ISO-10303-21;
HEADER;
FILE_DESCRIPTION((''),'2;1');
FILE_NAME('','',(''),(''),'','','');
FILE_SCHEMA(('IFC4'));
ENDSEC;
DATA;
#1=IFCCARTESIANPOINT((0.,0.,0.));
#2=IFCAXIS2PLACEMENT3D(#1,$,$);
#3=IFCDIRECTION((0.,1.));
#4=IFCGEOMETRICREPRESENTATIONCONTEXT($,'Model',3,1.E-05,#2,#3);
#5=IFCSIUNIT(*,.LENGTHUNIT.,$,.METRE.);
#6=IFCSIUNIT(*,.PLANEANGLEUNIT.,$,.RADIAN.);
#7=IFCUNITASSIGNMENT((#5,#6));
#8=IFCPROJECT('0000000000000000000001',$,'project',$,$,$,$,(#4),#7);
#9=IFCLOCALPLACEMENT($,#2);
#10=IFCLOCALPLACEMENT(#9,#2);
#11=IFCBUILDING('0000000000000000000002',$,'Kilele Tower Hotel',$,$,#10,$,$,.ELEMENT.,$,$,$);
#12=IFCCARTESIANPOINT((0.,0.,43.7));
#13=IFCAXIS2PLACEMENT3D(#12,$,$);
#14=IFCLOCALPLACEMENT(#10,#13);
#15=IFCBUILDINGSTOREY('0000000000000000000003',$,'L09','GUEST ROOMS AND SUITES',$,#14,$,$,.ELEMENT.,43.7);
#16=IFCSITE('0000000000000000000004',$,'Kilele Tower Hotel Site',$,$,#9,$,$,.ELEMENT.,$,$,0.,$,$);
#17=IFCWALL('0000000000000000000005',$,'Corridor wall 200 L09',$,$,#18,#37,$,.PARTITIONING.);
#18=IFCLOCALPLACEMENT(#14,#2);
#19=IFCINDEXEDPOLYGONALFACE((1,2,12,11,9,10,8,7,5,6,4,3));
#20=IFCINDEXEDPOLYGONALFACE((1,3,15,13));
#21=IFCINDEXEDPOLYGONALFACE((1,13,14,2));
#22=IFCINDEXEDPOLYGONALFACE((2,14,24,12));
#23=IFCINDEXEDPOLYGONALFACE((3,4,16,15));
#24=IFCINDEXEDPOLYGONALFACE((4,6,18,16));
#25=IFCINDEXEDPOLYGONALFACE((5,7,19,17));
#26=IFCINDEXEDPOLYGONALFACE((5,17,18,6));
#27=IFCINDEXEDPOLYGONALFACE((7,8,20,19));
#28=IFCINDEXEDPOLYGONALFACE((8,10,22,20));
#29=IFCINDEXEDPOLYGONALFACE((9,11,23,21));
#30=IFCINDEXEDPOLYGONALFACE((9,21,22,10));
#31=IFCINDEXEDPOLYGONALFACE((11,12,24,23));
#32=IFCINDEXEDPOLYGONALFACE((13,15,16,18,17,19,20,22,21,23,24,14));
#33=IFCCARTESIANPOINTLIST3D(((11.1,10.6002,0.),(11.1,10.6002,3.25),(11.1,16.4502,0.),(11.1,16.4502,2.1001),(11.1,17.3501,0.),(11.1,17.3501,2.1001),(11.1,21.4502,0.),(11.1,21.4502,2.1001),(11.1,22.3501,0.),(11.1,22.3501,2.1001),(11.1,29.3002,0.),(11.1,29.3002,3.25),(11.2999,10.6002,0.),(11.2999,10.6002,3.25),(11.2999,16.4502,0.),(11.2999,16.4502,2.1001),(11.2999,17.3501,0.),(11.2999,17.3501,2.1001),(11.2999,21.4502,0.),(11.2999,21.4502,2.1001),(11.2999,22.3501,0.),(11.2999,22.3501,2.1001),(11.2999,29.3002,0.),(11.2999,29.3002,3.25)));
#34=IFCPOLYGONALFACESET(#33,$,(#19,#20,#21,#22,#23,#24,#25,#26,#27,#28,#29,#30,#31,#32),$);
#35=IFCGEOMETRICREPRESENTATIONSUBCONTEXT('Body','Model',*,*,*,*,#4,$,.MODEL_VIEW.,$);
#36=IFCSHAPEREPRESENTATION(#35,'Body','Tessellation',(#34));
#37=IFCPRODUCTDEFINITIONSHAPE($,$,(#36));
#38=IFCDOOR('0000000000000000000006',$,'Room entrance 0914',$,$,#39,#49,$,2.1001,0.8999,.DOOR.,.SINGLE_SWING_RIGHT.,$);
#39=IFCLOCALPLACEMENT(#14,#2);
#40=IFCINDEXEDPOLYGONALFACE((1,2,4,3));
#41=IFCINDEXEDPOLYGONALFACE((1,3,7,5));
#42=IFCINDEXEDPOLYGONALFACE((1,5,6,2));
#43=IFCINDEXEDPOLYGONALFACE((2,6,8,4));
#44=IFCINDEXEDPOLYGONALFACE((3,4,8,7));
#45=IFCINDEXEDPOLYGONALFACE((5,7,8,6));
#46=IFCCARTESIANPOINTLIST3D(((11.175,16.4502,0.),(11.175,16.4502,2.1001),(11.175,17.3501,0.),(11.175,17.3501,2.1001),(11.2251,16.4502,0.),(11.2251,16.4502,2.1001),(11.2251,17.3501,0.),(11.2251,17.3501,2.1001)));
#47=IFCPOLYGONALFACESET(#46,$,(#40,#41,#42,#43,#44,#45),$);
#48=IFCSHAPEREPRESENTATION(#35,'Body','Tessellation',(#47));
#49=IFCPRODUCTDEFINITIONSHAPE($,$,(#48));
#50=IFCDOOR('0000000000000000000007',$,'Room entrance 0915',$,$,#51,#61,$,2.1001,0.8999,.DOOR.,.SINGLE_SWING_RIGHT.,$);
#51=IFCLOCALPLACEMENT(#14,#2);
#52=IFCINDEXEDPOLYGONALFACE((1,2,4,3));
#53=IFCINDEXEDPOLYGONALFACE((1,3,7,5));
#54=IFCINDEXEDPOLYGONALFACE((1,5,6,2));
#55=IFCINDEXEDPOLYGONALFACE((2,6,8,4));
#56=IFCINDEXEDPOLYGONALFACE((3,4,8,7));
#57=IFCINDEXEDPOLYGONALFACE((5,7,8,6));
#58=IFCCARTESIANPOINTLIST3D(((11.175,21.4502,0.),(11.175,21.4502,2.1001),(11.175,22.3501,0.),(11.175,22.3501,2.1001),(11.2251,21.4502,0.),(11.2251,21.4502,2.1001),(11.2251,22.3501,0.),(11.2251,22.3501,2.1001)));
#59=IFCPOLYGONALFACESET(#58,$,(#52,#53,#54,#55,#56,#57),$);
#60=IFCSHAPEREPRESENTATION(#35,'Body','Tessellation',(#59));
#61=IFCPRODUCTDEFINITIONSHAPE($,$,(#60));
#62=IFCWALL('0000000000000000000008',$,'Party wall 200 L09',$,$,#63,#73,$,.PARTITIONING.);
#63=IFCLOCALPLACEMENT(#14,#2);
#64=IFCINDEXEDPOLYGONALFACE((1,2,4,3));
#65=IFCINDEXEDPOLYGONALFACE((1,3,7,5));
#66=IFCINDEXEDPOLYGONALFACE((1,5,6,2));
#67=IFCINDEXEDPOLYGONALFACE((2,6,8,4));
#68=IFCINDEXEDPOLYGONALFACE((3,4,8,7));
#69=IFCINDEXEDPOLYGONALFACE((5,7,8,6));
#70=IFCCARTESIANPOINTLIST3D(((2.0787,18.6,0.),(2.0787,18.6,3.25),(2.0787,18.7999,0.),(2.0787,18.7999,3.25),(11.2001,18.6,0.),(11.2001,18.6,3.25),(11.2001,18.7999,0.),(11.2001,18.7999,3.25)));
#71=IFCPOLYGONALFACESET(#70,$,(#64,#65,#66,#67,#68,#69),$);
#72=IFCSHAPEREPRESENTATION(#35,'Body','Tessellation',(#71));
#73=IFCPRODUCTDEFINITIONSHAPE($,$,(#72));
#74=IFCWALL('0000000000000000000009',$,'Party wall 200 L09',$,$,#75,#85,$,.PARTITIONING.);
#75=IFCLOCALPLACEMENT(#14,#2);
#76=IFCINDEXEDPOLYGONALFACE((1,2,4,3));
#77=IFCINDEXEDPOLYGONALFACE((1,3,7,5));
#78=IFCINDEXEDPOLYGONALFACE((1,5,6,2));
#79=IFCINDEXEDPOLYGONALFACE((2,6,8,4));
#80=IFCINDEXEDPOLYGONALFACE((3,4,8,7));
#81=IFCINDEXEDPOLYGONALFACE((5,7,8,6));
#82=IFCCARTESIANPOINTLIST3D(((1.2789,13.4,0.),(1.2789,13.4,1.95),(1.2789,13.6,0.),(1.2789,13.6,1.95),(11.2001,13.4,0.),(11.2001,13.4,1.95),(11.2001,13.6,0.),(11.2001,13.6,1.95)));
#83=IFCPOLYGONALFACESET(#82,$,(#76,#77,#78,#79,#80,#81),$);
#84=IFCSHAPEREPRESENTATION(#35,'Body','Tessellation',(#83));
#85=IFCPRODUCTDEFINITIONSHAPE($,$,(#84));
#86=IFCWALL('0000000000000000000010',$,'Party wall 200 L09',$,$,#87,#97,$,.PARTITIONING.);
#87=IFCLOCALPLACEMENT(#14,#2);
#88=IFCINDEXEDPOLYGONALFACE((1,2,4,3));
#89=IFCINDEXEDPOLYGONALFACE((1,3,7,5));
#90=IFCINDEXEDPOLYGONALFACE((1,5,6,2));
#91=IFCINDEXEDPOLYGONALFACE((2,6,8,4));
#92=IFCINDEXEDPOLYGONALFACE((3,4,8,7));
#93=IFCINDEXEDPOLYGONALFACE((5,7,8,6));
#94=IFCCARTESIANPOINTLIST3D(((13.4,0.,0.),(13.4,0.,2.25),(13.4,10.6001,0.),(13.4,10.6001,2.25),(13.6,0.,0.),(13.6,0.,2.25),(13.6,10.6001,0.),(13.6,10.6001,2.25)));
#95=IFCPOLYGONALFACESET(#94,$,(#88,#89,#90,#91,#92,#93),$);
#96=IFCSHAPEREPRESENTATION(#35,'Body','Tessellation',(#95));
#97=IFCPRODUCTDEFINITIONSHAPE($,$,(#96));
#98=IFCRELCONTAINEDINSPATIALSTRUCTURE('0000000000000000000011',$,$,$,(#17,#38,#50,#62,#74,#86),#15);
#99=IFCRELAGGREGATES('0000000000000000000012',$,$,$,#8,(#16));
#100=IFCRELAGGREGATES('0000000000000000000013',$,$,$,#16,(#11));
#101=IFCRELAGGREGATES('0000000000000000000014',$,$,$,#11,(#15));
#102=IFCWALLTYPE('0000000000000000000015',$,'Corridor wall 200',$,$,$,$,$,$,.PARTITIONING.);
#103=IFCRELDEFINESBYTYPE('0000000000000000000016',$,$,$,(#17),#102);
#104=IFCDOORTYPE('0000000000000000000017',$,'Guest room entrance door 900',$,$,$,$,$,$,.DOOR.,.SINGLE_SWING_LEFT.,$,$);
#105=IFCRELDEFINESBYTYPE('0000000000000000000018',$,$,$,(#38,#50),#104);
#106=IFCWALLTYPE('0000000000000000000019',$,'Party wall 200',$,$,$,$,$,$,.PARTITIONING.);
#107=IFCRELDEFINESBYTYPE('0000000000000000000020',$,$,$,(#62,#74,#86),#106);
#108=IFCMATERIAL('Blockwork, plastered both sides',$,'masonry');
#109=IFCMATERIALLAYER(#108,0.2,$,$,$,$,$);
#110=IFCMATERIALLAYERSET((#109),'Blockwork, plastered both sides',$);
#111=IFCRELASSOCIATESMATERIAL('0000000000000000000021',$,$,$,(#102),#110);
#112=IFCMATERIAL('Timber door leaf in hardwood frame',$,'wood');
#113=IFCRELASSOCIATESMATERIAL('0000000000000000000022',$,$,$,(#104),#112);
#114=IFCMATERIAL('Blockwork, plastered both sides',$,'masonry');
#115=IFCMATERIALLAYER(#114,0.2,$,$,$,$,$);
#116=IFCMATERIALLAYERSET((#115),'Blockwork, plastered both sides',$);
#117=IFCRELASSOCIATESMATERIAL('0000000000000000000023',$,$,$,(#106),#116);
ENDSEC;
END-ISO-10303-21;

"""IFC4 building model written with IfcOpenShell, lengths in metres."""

from ifc_helpers import new_model, si_unit, direction, frame, frame_2d, origin, place, context, subcontext, project, spatial, rectangle, extrude, material, layer, layer_set, type_object, element, fill, save


model = new_model("IFC4")

# Units and contexts
model_context = context("Model", 3, precision=1e-05, world=origin(), true_north=direction((0.0, 1.0)))
body_context = subcontext(model_context, "Body", "Model", "MODEL_VIEW")
ifc_project = project(units=[si_unit("LENGTHUNIT", "METRE"), si_unit("PLANEANGLEUNIT", "RADIAN")], contexts=[model_context])

# Site, building, storey
site_placement = place(None, origin())
site = spatial("IfcSite", under=ifc_project, at=site_placement, Name="Kilele Tower Hotel Site", CompositionType="ELEMENT", RefElevation=0.0)
building_placement = place(site_placement, origin())
building = spatial("IfcBuilding", under=site, at=building_placement, Name="Kilele Tower Hotel", CompositionType="ELEMENT")
storey_placement = place(building_placement, frame((0.0, 0.0, 43.7)))
storey = spatial("IfcBuildingStorey", under=building, at=storey_placement, Name="L09", Description="GUEST ROOMS AND SUITES", CompositionType="ELEMENT", Elevation=43.7)

# Wall, openings, doors
ifc_material_1 = material(Name="Blockwork, plastered both sides", Category="masonry")
ifc_layer_1 = layer(ifc_material_1, 0.2)
ifc_layer_set_1 = layer_set([ifc_layer_1], Name="Blockwork, plastered both sides")
wall_type_1 = type_object("IfcWallType", Name="Corridor wall 200", PredefinedType="PARTITIONING", material=ifc_layer_set_1)
ifc_material_2 = material(Name="Timber door leaf in hardwood frame", Category="wood")
door_type_1 = type_object("IfcDoorType", Name="Guest room entrance door 900", OperationType="SINGLE_SWING_LEFT", PredefinedType="DOOR", material=ifc_material_2)
wall_1_placement = place(storey_placement, frame((11.2, 10.6001, 0.0), z_axis=(0.0, 0.0, 1.0), x_axis=(0.0, 1.0, 0.0)))
wall_1 = element("IfcWall", 1, at=wall_1_placement, inside=storey, type_object=wall_type_1, Name="Corridor wall 200 L09", PredefinedType="PARTITIONING", context=body_context, shape_type="SweptSolid", body=[
    extrude(rectangle(XDim=18.7, YDim=0.2, at=frame_2d((9.3501, 0.0))), origin(), (0.0, 0.0, 1.0), 3.25),
])
opening_1_placement = place(wall_1_placement, frame((5.8501, 0.0, 0.0)))
opening_1 = element("IfcOpeningElement", 2, at=opening_1_placement, cuts=wall_1, PredefinedType="OPENING", context=body_context, shape_type="SweptSolid", body=[
    extrude(rectangle(XDim=0.8999, YDim=2.1001, at=frame_2d((0.45, 1.05))), frame((0.0, 0.1099, 0.0), z_axis=(0.0, -1.0, 0.0), x_axis=(1.0, 0.0, 0.0)), (0.0, 0.0, 1.0), 0.22),
])
opening_2_placement = place(wall_1_placement, frame((10.8501, 0.0, 0.0)))
opening_2 = element("IfcOpeningElement", 3, at=opening_2_placement, cuts=wall_1, PredefinedType="OPENING", context=body_context, shape_type="SweptSolid", body=[
    extrude(rectangle(XDim=0.8999, YDim=2.1001, at=frame_2d((0.45, 1.05))), frame((0.0, 0.1099, 0.0), z_axis=(0.0, -1.0, 0.0), x_axis=(1.0, 0.0, 0.0)), (0.0, 0.0, 1.0), 0.22),
])
door_1_placement = place(opening_1_placement, origin())
door_1 = element("IfcDoor", 4, at=door_1_placement, inside=storey, type_object=door_type_1, Name="Room entrance 0914", OperationType="SINGLE_SWING_RIGHT", OverallHeight=2.1001, OverallWidth=0.8999, PredefinedType="DOOR", context=body_context, shape_type="SweptSolid", body=[
    extrude(rectangle(XDim=0.8999, YDim=2.1001, at=frame_2d((0.45, 1.05))), frame((0.0, 0.0249, 0.0), z_axis=(0.0, -1.0, 0.0), x_axis=(1.0, 0.0, 0.0)), (0.0, 0.0, 1.0), 0.05),
])
fill(opening_1, door_1)
door_2_placement = place(opening_2_placement, origin())
door_2 = element("IfcDoor", 5, at=door_2_placement, inside=storey, type_object=door_type_1, Name="Room entrance 0915", OperationType="SINGLE_SWING_RIGHT", OverallHeight=2.1001, OverallWidth=0.8999, PredefinedType="DOOR", context=body_context, shape_type="SweptSolid", body=[
    extrude(rectangle(XDim=0.8999, YDim=2.1001, at=frame_2d((0.45, 1.05))), frame((0.0, 0.0249, 0.0), z_axis=(0.0, -1.0, 0.0), x_axis=(1.0, 0.0, 0.0)), (0.0, 0.0, 1.0), 0.05),
])
fill(opening_2, door_2)

# Walls
ifc_material_3 = material(Name="Blockwork, plastered both sides", Category="masonry")
ifc_layer_2 = layer(ifc_material_3, 0.2)
ifc_layer_set_2 = layer_set([ifc_layer_2], Name="Blockwork, plastered both sides")
wall_type_2 = type_object("IfcWallType", Name="Party wall 200", PredefinedType="PARTITIONING", material=ifc_layer_set_2)
wall_2_placement = place(storey_placement, frame((11.2, 18.7, 0.0), z_axis=(0.0, 0.0, 1.0), x_axis=(-1.0, 0.0, 0.0)))
element("IfcWall", 6, at=wall_2_placement, inside=storey, type_object=wall_type_2, Name="Party wall 200 L09", PredefinedType="PARTITIONING", context=body_context, shape_type="SweptSolid", body=[
    extrude(rectangle(XDim=9.1213, YDim=0.2, at=frame_2d((4.5605, 0.0))), origin(), (0.0, 0.0, 1.0), 3.25),
])
wall_3_placement = place(storey_placement, frame((11.2, 13.5, 0.0), z_axis=(0.0, 0.0, 1.0), x_axis=(-1.0, 0.0, 0.0)))
element("IfcWall", 7, at=wall_3_placement, inside=storey, type_object=wall_type_2, Name="Party wall 200 L09", PredefinedType="PARTITIONING", context=body_context, shape_type="SweptSolid", body=[
    extrude(rectangle(XDim=9.9211, YDim=0.2, at=frame_2d((4.9604, 0.0))), origin(), (0.0, 0.0, 1.0), 1.95),
])
wall_4_placement = place(storey_placement, frame((13.5, 10.6001, 0.0), z_axis=(0.0, 0.0, 1.0), x_axis=(0.0, -1.0, 0.0)))
element("IfcWall", 8, at=wall_4_placement, inside=storey, type_object=wall_type_2, Name="Party wall 200 L09", PredefinedType="PARTITIONING", context=body_context, shape_type="SweptSolid", body=[
    extrude(rectangle(XDim=10.6001, YDim=0.2, at=frame_2d((5.3, 0.0))), origin(), (0.0, 0.0, 1.0), 2.25),
])

save(model, "model.ifc")
